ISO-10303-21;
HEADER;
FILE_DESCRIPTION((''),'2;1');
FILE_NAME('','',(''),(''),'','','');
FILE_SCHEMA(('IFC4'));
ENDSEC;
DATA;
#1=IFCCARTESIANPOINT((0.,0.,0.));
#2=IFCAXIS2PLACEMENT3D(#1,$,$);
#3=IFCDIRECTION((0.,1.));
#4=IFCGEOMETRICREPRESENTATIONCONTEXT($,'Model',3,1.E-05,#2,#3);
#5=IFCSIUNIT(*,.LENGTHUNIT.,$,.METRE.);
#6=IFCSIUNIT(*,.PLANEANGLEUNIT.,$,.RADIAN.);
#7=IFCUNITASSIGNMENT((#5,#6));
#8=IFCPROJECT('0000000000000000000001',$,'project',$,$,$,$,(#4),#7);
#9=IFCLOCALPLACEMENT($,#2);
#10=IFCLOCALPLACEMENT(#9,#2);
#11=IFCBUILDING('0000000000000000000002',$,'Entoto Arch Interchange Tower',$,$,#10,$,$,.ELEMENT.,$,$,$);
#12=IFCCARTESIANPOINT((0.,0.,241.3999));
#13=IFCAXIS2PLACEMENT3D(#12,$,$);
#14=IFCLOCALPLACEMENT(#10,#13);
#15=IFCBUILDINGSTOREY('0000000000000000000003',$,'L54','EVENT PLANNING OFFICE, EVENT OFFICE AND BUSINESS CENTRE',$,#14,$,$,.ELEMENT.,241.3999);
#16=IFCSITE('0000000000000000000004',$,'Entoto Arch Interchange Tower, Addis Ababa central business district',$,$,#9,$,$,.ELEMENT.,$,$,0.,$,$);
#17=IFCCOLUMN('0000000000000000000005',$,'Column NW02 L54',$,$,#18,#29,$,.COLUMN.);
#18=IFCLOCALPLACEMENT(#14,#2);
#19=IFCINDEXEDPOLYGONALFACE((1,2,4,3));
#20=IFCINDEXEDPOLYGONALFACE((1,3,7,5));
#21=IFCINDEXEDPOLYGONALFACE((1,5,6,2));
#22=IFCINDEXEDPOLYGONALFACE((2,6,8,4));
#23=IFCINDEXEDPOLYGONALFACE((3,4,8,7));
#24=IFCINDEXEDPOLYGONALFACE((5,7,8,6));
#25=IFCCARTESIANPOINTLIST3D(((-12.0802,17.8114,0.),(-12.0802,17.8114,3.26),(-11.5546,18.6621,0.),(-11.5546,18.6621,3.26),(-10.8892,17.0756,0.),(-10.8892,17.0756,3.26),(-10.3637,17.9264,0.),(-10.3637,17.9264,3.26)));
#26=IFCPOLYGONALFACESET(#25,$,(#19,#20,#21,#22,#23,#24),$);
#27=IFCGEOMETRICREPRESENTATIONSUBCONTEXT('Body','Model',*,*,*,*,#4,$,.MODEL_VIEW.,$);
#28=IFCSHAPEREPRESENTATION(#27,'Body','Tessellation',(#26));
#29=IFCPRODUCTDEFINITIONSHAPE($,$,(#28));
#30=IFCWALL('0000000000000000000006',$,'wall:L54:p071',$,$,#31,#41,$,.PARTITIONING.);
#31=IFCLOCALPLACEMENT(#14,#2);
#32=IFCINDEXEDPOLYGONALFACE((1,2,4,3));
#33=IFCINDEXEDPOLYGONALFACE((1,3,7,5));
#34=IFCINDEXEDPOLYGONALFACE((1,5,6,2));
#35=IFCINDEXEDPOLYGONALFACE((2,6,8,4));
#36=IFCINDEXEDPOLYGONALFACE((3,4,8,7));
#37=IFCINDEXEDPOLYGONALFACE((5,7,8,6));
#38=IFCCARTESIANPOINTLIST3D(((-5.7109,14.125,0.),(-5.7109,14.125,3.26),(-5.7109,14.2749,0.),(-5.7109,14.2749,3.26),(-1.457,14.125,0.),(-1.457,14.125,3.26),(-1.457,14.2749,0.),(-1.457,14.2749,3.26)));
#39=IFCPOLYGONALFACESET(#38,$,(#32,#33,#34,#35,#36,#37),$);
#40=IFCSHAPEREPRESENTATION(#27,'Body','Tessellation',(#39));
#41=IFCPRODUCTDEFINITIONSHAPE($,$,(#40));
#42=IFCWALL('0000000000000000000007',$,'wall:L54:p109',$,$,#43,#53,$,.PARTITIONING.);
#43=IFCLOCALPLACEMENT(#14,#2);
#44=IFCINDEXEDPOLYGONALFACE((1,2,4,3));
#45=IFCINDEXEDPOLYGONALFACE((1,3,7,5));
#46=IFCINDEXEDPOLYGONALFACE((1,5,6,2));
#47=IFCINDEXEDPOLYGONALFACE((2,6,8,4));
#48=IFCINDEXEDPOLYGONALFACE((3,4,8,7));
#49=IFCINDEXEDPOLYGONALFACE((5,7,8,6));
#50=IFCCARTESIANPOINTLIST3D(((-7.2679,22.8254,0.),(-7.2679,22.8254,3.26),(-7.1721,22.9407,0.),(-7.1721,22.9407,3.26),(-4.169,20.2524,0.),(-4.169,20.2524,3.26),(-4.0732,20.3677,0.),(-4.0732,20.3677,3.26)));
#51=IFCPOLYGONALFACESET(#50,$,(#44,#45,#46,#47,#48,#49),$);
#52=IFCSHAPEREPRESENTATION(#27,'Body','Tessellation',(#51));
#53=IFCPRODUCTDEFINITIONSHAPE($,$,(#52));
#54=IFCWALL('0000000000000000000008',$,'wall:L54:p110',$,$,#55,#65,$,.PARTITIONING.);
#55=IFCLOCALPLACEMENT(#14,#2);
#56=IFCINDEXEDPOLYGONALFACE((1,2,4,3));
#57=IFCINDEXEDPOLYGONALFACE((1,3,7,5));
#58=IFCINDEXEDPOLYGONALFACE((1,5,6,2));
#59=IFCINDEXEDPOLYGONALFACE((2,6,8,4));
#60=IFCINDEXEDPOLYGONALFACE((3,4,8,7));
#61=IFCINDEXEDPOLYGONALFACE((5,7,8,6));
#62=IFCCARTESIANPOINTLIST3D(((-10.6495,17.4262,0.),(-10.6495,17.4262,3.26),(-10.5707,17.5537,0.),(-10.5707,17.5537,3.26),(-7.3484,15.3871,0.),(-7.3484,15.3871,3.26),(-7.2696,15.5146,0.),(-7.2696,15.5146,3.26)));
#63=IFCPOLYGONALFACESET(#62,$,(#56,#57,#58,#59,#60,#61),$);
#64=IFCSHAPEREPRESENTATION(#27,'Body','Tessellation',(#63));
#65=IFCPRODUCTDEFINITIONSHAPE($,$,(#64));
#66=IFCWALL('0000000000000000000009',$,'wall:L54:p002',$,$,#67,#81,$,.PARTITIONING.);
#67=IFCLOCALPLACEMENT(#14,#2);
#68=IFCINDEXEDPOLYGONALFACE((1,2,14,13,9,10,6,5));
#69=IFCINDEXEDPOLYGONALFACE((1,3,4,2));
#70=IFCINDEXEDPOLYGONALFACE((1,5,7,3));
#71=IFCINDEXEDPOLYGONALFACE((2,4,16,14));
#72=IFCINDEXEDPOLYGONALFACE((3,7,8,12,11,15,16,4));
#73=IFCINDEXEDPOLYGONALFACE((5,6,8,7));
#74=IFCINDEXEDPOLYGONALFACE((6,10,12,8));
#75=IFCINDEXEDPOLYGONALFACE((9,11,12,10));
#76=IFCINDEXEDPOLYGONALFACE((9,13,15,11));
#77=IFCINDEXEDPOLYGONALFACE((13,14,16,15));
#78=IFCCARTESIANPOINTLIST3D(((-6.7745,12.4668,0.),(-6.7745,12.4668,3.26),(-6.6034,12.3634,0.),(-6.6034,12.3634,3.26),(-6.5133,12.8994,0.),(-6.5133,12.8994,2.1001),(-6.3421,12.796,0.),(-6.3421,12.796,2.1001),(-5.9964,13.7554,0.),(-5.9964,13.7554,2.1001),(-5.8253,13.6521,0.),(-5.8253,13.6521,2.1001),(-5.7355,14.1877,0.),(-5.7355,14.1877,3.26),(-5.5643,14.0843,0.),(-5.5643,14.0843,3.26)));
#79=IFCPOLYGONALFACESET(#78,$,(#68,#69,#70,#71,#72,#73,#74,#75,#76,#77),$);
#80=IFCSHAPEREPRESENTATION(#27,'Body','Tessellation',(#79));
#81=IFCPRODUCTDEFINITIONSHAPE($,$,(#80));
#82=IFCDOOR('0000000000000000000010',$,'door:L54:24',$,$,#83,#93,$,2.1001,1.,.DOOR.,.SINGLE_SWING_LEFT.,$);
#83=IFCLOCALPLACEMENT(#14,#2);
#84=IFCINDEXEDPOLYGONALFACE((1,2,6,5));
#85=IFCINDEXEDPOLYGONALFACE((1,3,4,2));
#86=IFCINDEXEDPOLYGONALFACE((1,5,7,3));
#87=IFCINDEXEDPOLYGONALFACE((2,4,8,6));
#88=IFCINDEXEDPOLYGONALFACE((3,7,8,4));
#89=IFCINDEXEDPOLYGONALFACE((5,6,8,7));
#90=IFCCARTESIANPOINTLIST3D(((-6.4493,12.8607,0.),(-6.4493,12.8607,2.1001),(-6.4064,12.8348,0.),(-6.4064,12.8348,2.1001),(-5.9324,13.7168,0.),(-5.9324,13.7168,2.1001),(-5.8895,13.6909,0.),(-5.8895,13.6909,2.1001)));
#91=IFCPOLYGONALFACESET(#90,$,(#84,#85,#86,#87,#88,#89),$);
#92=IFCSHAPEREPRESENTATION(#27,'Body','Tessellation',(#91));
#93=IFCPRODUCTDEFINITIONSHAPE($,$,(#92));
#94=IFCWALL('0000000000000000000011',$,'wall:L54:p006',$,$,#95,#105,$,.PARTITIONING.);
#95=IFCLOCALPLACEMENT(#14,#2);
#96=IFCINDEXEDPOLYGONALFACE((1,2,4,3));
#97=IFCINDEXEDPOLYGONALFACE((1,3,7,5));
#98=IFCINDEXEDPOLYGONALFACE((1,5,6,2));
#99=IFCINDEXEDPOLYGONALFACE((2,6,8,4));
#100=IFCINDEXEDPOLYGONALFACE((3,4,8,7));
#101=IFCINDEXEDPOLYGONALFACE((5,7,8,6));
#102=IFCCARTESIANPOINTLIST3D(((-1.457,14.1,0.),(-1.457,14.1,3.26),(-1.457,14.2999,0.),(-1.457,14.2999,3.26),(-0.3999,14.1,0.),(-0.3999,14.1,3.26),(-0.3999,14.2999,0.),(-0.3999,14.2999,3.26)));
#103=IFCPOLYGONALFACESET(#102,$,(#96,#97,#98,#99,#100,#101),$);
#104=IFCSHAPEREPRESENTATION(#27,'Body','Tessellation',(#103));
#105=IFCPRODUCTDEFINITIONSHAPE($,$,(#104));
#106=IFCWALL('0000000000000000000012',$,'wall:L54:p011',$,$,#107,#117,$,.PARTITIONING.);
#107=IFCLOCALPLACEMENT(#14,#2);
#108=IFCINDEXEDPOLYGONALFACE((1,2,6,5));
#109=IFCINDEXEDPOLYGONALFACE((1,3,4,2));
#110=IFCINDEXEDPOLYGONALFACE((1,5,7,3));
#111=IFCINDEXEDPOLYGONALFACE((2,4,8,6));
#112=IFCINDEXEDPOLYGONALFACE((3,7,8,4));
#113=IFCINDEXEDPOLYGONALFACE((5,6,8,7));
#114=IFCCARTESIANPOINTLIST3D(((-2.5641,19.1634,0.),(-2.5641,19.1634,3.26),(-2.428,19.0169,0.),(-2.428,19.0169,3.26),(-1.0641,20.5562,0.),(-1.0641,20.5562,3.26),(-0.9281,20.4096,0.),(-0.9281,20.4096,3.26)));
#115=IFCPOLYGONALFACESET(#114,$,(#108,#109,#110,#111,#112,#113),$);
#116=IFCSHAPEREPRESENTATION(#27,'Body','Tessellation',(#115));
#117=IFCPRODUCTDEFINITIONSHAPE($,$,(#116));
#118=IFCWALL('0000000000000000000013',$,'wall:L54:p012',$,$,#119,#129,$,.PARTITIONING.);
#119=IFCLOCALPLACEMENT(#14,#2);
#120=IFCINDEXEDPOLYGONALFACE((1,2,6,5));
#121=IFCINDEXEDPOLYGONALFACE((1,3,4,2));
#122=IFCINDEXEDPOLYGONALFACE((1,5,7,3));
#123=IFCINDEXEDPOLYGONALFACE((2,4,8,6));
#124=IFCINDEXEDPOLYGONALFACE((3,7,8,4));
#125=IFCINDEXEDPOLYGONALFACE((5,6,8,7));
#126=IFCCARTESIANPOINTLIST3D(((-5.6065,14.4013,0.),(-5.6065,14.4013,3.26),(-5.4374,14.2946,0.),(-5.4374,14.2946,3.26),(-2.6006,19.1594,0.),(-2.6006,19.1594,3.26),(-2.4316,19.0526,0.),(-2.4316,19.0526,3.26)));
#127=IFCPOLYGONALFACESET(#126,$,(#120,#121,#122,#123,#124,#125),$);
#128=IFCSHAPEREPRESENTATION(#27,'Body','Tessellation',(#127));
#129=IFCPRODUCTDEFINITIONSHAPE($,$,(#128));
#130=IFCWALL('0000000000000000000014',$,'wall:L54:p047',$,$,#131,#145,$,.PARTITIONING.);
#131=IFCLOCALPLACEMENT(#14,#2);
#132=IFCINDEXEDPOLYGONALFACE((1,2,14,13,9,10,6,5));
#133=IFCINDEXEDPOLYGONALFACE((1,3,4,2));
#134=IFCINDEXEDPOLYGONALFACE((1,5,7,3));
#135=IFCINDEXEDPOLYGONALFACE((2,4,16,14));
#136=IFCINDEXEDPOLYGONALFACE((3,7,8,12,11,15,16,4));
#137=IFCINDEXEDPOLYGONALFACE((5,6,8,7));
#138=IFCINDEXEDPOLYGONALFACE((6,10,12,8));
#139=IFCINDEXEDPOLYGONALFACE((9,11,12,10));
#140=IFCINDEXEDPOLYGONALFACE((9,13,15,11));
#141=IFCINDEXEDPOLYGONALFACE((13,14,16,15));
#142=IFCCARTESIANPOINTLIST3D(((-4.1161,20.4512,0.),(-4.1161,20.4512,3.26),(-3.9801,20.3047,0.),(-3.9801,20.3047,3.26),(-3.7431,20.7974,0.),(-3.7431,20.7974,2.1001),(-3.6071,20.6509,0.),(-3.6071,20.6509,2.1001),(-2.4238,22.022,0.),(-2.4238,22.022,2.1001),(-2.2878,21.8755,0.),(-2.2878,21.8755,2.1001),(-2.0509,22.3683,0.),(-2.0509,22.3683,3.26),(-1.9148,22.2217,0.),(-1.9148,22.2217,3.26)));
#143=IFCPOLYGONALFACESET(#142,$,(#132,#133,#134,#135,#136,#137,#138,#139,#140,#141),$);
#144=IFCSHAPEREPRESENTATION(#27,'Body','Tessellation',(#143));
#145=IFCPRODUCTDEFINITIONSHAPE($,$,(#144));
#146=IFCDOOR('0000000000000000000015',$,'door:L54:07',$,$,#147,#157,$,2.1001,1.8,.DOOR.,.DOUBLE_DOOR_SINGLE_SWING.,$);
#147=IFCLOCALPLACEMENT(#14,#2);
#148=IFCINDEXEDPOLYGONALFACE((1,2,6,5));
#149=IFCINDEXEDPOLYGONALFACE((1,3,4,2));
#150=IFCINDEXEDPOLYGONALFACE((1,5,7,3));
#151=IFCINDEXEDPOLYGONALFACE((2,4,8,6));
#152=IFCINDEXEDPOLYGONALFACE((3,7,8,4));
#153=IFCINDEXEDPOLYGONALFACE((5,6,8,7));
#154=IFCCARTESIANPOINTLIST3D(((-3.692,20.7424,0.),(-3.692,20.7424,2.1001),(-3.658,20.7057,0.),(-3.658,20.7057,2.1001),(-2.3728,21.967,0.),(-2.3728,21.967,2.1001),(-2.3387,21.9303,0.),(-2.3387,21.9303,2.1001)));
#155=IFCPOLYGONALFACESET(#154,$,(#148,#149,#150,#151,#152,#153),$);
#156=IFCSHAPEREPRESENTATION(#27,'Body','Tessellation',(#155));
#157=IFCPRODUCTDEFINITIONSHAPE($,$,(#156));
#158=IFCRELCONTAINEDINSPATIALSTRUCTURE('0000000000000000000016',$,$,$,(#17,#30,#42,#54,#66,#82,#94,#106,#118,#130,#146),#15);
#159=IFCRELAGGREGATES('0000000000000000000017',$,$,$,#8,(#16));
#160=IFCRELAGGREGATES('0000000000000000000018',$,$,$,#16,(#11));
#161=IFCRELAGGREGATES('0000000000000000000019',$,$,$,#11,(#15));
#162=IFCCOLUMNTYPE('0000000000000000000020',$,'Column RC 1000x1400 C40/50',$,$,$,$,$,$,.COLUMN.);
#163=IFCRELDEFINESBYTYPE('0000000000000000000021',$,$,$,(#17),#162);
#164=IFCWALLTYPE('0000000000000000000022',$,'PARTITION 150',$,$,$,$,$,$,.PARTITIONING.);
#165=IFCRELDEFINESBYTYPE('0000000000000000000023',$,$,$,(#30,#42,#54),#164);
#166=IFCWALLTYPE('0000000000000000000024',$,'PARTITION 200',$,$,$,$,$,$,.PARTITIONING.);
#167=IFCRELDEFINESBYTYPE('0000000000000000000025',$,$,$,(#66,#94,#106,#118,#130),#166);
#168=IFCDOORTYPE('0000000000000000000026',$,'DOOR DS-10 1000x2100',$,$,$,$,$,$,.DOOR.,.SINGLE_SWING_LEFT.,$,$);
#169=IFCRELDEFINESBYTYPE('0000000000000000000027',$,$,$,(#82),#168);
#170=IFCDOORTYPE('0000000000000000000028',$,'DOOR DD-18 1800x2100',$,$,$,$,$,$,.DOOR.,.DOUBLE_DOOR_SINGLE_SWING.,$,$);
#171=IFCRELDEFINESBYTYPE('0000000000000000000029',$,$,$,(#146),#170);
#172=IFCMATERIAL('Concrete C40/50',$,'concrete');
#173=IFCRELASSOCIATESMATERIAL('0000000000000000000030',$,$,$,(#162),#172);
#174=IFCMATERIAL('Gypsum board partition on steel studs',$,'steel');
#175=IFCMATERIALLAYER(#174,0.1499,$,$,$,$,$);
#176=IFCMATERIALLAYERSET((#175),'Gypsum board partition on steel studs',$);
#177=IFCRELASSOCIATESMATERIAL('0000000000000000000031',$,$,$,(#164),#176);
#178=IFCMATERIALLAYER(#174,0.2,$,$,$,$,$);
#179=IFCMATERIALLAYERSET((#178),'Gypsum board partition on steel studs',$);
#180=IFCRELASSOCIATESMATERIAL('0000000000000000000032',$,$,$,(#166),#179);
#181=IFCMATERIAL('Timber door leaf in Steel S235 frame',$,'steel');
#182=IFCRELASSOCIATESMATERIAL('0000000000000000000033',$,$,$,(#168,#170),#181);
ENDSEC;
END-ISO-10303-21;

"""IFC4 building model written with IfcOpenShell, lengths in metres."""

from ifc_helpers import new_model, si_unit, direction, frame, frame_2d, origin, origin_2d, place, context, subcontext, project, spatial, rectangle, extrude, material, layer, layer_set, material_profile, profile_set, type_object, element, fill, save


model = new_model("IFC4")

# Units and contexts
model_context = context("Model", 3, precision=1e-05, world=origin(), true_north=direction((0.0, 1.0)))
body_context = subcontext(model_context, "Body", "Model", "MODEL_VIEW")
ifc_project = project(units=[si_unit("LENGTHUNIT", "METRE"), si_unit("PLANEANGLEUNIT", "RADIAN")], contexts=[model_context])

# Site, building, storey
site_placement = place(None, origin())
site = spatial("IfcSite", under=ifc_project, at=site_placement, Name="Entoto Arch Interchange Tower, Addis Ababa central business district", CompositionType="ELEMENT", RefElevation=0.0)
building_placement = place(site_placement, origin())
building = spatial("IfcBuilding", under=site, at=building_placement, Name="Entoto Arch Interchange Tower", CompositionType="ELEMENT")
storey_placement = place(building_placement, frame((0.0, 0.0, 241.3999)))
storey = spatial("IfcBuildingStorey", under=building, at=storey_placement, Name="L54", Description="EVENT PLANNING OFFICE, EVENT OFFICE AND BUSINESS CENTRE", CompositionType="ELEMENT", Elevation=241.3999)

# Column
ifc_material_1 = material(Name="Concrete C40/50", Category="concrete")
ifc_material_profile = material_profile(ifc_material_1, rectangle(XDim=1.0, YDim=1.3999, at=origin_2d()))
ifc_profile_set = profile_set([ifc_material_profile], Name="Concrete C40/50")
column_type = type_object("IfcColumnType", Name="Column RC 1000x1400 C40/50", PredefinedType="COLUMN", material=ifc_profile_set)
column_placement = place(storey_placement, frame((-11.2219, 17.8689, 0.0), z_axis=(0.0, 0.0, 1.0), x_axis=(0.525576, 0.850747, 0.0)))
element("IfcColumn", 1, at=column_placement, inside=storey, type_object=column_type, Name="Column NW02 L54", PredefinedType="COLUMN", context=body_context, shape_type="SweptSolid", body=[
    extrude(rectangle(XDim=1.0, YDim=1.3999, at=origin_2d()), origin(), (0.0, 0.0, 1.0), 3.26),
])

# Walls
ifc_material_2 = material(Name="Gypsum board partition on steel studs", Category="steel")
ifc_layer_1 = layer(ifc_material_2, 0.1499)
ifc_layer_set_1 = layer_set([ifc_layer_1], Name="Gypsum board partition on steel studs")
wall_type_1 = type_object("IfcWallType", Name="PARTITION 150", PredefinedType="PARTITIONING", material=ifc_layer_set_1)
wall_1_placement = place(storey_placement, frame((-1.457, 14.2, 0.0), z_axis=(0.0, 0.0, 1.0), x_axis=(-1.0, 0.0, 0.0)))
element("IfcWall", 2, at=wall_1_placement, inside=storey, type_object=wall_type_1, Name="wall:L54:p071", PredefinedType="PARTITIONING", context=body_context, shape_type="SweptSolid", body=[
    extrude(rectangle(XDim=4.2539, YDim=0.1499, at=frame_2d((2.127, 0.0))), origin(), (0.0, 0.0, 1.0), 3.26),
])
wall_2_placement = place(storey_placement, frame((-4.1211, 20.3101, 0.0), z_axis=(0.0, 0.0, 1.0), x_axis=(-0.769368, 0.638806, 0.0)))
element("IfcWall", 3, at=wall_2_placement, inside=storey, type_object=wall_type_1, Name="wall:L54:p109", PredefinedType="PARTITIONING", context=body_context, shape_type="SweptSolid", body=[
    extrude(rectangle(XDim=4.0278, YDim=0.1499, at=frame_2d((2.0139, 0.0))), origin(), (0.0, 0.0, 1.0), 3.26),
])
wall_3_placement = place(storey_placement, frame((-7.3091, 15.4509, 0.0), z_axis=(0.0, 0.0, 1.0), x_axis=(-0.850776, 0.525529, 0.0)))
element("IfcWall", 4, at=wall_3_placement, inside=storey, type_object=wall_type_1, Name="wall:L54:p110", PredefinedType="PARTITIONING", context=body_context, shape_type="SweptSolid", body=[
    extrude(rectangle(XDim=3.8801, YDim=0.1499, at=frame_2d((1.9399, 0.0))), origin(), (0.0, 0.0, 1.0), 3.26),
])

# Wall, opening, door
ifc_layer_2 = layer(ifc_material_2, 0.2)
ifc_layer_set_2 = layer_set([ifc_layer_2], Name="Gypsum board partition on steel studs")
wall_type_2 = type_object("IfcWallType", Name="PARTITION 200", PredefinedType="PARTITIONING", material=ifc_layer_set_2)
wall_4_placement = place(storey_placement, frame((-5.6499, 14.136, 0.0), z_axis=(0.0, 0.0, 1.0), x_axis=(-0.516869, -0.856064, 0.0)))
wall_4 = element("IfcWall", 5, at=wall_4_placement, inside=storey, type_object=wall_type_2, Name="wall:L54:p002", PredefinedType="PARTITIONING", context=body_context, shape_type="SweptSolid", body=[
    extrude(rectangle(XDim=2.0103, YDim=0.2, at=frame_2d((1.0051, 0.0))), origin(), (0.0, 0.0, 1.0), 3.26),
])
opening_1_placement = place(wall_4_placement, frame((0.5049, 0.0, 0.0)))
opening_1 = element("IfcOpeningElement", 6, at=opening_1_placement, cuts=wall_4, PredefinedType="OPENING", context=body_context, shape_type="SweptSolid", body=[
    extrude(rectangle(XDim=1.0, YDim=2.1001, at=frame_2d((0.5, 1.05))), frame((0.0, 0.1099, 0.0), z_axis=(0.0, -1.0, 0.0), x_axis=(1.0, 0.0, 0.0)), (0.0, 0.0, 1.0), 0.22),
])
ifc_material_3 = material(Name="Timber door leaf in Steel S235 frame", Category="steel")
door_type_1 = type_object("IfcDoorType", Name="DOOR DS-10 1000x2100", OperationType="SINGLE_SWING_LEFT", PredefinedType="DOOR", material=ifc_material_3)
door_1_placement = place(opening_1_placement, origin())
door_1 = element("IfcDoor", 7, at=door_1_placement, inside=storey, type_object=door_type_1, Name="door:L54:24", OperationType="SINGLE_SWING_LEFT", OverallHeight=2.1001, OverallWidth=1.0, PredefinedType="DOOR", context=body_context, shape_type="SweptSolid", body=[
    extrude(rectangle(XDim=1.0, YDim=2.1001, at=frame_2d((0.5, 1.05))), frame((0.0, 0.0249, 0.0), z_axis=(0.0, -1.0, 0.0), x_axis=(1.0, 0.0, 0.0)), (0.0, 0.0, 1.0), 0.05),
])
fill(opening_1, door_1)

# Walls
wall_5_placement = place(storey_placement, frame((-1.457, 14.2, 0.0), z_axis=(0.0, 0.0, 1.0), x_axis=(1.0, 0.0, 0.0)))
element("IfcWall", 8, at=wall_5_placement, inside=storey, type_object=wall_type_2, Name="wall:L54:p006", PredefinedType="PARTITIONING", context=body_context, shape_type="SweptSolid", body=[
    extrude(rectangle(XDim=1.0571, YDim=0.2, at=frame_2d((0.5286, 0.0))), origin(), (0.0, 0.0, 1.0), 3.26),
])
wall_6_placement = place(storey_placement, frame((-0.9961, 20.4829, 0.0), z_axis=(0.0, 0.0, 1.0), x_axis=(-0.732802, -0.680442, 0.0)))
element("IfcWall", 9, at=wall_6_placement, inside=storey, type_object=wall_type_2, Name="wall:L54:p011", PredefinedType="PARTITIONING", context=body_context, shape_type="SweptSolid", body=[
    extrude(rectangle(XDim=2.0469, YDim=0.2, at=frame_2d((1.0234, 0.0))), origin(), (0.0, 0.0, 1.0), 3.26),
])
wall_7_placement = place(storey_placement, frame((-2.5161, 19.106, 0.0), z_axis=(0.0, 0.0, 1.0), x_axis=(-0.534091, -0.845427, 0.0)))
element("IfcWall", 10, at=wall_7_placement, inside=storey, type_object=wall_type_2, Name="wall:L54:p012", PredefinedType="PARTITIONING", context=body_context, shape_type="SweptSolid", body=[
    extrude(rectangle(XDim=5.6279, YDim=0.2, at=frame_2d((2.814, 0.0))), origin(), (0.0, 0.0, 1.0), 3.26),
])

# Wall, opening, door
wall_8_placement = place(storey_placement, frame((-4.0481, 20.3779, 0.0), z_axis=(0.0, 0.0, 1.0), x_axis=(0.732914, 0.680321, 0.0)))
wall_8 = element("IfcWall", 11, at=wall_8_placement, inside=storey, type_object=wall_type_2, Name="wall:L54:p047", PredefinedType="PARTITIONING", context=body_context, shape_type="SweptSolid", body=[
    extrude(rectangle(XDim=2.8179, YDim=0.2, at=frame_2d((1.4089, 0.0))), origin(), (0.0, 0.0, 1.0), 3.26),
])
opening_2_placement = place(wall_8_placement, frame((0.509, 0.0, 0.0)))
opening_2 = element("IfcOpeningElement", 12, at=opening_2_placement, cuts=wall_8, PredefinedType="OPENING", context=body_context, shape_type="SweptSolid", body=[
    extrude(rectangle(XDim=1.8, YDim=2.1001, at=frame_2d((0.8999, 1.05))), frame((0.0, 0.1099, 0.0), z_axis=(0.0, -1.0, 0.0), x_axis=(1.0, 0.0, 0.0)), (0.0, 0.0, 1.0), 0.22),
])
door_type_2 = type_object("IfcDoorType", Name="DOOR DD-18 1800x2100", OperationType="DOUBLE_DOOR_SINGLE_SWING", PredefinedType="DOOR", material=ifc_material_3)
door_2_placement = place(opening_2_placement, origin())
door_2 = element("IfcDoor", 13, at=door_2_placement, inside=storey, type_object=door_type_2, Name="door:L54:07", OperationType="DOUBLE_DOOR_SINGLE_SWING", OverallHeight=2.1001, OverallWidth=1.8, PredefinedType="DOOR", context=body_context, shape_type="SweptSolid", body=[
    extrude(rectangle(XDim=1.8, YDim=2.1001, at=frame_2d((0.8999, 1.05))), frame((0.0, 0.0249, 0.0), z_axis=(0.0, -1.0, 0.0), x_axis=(1.0, 0.0, 0.0)), (0.0, 0.0, 1.0), 0.05),
])
fill(opening_2, door_2)

save(model, "model.ifc")
